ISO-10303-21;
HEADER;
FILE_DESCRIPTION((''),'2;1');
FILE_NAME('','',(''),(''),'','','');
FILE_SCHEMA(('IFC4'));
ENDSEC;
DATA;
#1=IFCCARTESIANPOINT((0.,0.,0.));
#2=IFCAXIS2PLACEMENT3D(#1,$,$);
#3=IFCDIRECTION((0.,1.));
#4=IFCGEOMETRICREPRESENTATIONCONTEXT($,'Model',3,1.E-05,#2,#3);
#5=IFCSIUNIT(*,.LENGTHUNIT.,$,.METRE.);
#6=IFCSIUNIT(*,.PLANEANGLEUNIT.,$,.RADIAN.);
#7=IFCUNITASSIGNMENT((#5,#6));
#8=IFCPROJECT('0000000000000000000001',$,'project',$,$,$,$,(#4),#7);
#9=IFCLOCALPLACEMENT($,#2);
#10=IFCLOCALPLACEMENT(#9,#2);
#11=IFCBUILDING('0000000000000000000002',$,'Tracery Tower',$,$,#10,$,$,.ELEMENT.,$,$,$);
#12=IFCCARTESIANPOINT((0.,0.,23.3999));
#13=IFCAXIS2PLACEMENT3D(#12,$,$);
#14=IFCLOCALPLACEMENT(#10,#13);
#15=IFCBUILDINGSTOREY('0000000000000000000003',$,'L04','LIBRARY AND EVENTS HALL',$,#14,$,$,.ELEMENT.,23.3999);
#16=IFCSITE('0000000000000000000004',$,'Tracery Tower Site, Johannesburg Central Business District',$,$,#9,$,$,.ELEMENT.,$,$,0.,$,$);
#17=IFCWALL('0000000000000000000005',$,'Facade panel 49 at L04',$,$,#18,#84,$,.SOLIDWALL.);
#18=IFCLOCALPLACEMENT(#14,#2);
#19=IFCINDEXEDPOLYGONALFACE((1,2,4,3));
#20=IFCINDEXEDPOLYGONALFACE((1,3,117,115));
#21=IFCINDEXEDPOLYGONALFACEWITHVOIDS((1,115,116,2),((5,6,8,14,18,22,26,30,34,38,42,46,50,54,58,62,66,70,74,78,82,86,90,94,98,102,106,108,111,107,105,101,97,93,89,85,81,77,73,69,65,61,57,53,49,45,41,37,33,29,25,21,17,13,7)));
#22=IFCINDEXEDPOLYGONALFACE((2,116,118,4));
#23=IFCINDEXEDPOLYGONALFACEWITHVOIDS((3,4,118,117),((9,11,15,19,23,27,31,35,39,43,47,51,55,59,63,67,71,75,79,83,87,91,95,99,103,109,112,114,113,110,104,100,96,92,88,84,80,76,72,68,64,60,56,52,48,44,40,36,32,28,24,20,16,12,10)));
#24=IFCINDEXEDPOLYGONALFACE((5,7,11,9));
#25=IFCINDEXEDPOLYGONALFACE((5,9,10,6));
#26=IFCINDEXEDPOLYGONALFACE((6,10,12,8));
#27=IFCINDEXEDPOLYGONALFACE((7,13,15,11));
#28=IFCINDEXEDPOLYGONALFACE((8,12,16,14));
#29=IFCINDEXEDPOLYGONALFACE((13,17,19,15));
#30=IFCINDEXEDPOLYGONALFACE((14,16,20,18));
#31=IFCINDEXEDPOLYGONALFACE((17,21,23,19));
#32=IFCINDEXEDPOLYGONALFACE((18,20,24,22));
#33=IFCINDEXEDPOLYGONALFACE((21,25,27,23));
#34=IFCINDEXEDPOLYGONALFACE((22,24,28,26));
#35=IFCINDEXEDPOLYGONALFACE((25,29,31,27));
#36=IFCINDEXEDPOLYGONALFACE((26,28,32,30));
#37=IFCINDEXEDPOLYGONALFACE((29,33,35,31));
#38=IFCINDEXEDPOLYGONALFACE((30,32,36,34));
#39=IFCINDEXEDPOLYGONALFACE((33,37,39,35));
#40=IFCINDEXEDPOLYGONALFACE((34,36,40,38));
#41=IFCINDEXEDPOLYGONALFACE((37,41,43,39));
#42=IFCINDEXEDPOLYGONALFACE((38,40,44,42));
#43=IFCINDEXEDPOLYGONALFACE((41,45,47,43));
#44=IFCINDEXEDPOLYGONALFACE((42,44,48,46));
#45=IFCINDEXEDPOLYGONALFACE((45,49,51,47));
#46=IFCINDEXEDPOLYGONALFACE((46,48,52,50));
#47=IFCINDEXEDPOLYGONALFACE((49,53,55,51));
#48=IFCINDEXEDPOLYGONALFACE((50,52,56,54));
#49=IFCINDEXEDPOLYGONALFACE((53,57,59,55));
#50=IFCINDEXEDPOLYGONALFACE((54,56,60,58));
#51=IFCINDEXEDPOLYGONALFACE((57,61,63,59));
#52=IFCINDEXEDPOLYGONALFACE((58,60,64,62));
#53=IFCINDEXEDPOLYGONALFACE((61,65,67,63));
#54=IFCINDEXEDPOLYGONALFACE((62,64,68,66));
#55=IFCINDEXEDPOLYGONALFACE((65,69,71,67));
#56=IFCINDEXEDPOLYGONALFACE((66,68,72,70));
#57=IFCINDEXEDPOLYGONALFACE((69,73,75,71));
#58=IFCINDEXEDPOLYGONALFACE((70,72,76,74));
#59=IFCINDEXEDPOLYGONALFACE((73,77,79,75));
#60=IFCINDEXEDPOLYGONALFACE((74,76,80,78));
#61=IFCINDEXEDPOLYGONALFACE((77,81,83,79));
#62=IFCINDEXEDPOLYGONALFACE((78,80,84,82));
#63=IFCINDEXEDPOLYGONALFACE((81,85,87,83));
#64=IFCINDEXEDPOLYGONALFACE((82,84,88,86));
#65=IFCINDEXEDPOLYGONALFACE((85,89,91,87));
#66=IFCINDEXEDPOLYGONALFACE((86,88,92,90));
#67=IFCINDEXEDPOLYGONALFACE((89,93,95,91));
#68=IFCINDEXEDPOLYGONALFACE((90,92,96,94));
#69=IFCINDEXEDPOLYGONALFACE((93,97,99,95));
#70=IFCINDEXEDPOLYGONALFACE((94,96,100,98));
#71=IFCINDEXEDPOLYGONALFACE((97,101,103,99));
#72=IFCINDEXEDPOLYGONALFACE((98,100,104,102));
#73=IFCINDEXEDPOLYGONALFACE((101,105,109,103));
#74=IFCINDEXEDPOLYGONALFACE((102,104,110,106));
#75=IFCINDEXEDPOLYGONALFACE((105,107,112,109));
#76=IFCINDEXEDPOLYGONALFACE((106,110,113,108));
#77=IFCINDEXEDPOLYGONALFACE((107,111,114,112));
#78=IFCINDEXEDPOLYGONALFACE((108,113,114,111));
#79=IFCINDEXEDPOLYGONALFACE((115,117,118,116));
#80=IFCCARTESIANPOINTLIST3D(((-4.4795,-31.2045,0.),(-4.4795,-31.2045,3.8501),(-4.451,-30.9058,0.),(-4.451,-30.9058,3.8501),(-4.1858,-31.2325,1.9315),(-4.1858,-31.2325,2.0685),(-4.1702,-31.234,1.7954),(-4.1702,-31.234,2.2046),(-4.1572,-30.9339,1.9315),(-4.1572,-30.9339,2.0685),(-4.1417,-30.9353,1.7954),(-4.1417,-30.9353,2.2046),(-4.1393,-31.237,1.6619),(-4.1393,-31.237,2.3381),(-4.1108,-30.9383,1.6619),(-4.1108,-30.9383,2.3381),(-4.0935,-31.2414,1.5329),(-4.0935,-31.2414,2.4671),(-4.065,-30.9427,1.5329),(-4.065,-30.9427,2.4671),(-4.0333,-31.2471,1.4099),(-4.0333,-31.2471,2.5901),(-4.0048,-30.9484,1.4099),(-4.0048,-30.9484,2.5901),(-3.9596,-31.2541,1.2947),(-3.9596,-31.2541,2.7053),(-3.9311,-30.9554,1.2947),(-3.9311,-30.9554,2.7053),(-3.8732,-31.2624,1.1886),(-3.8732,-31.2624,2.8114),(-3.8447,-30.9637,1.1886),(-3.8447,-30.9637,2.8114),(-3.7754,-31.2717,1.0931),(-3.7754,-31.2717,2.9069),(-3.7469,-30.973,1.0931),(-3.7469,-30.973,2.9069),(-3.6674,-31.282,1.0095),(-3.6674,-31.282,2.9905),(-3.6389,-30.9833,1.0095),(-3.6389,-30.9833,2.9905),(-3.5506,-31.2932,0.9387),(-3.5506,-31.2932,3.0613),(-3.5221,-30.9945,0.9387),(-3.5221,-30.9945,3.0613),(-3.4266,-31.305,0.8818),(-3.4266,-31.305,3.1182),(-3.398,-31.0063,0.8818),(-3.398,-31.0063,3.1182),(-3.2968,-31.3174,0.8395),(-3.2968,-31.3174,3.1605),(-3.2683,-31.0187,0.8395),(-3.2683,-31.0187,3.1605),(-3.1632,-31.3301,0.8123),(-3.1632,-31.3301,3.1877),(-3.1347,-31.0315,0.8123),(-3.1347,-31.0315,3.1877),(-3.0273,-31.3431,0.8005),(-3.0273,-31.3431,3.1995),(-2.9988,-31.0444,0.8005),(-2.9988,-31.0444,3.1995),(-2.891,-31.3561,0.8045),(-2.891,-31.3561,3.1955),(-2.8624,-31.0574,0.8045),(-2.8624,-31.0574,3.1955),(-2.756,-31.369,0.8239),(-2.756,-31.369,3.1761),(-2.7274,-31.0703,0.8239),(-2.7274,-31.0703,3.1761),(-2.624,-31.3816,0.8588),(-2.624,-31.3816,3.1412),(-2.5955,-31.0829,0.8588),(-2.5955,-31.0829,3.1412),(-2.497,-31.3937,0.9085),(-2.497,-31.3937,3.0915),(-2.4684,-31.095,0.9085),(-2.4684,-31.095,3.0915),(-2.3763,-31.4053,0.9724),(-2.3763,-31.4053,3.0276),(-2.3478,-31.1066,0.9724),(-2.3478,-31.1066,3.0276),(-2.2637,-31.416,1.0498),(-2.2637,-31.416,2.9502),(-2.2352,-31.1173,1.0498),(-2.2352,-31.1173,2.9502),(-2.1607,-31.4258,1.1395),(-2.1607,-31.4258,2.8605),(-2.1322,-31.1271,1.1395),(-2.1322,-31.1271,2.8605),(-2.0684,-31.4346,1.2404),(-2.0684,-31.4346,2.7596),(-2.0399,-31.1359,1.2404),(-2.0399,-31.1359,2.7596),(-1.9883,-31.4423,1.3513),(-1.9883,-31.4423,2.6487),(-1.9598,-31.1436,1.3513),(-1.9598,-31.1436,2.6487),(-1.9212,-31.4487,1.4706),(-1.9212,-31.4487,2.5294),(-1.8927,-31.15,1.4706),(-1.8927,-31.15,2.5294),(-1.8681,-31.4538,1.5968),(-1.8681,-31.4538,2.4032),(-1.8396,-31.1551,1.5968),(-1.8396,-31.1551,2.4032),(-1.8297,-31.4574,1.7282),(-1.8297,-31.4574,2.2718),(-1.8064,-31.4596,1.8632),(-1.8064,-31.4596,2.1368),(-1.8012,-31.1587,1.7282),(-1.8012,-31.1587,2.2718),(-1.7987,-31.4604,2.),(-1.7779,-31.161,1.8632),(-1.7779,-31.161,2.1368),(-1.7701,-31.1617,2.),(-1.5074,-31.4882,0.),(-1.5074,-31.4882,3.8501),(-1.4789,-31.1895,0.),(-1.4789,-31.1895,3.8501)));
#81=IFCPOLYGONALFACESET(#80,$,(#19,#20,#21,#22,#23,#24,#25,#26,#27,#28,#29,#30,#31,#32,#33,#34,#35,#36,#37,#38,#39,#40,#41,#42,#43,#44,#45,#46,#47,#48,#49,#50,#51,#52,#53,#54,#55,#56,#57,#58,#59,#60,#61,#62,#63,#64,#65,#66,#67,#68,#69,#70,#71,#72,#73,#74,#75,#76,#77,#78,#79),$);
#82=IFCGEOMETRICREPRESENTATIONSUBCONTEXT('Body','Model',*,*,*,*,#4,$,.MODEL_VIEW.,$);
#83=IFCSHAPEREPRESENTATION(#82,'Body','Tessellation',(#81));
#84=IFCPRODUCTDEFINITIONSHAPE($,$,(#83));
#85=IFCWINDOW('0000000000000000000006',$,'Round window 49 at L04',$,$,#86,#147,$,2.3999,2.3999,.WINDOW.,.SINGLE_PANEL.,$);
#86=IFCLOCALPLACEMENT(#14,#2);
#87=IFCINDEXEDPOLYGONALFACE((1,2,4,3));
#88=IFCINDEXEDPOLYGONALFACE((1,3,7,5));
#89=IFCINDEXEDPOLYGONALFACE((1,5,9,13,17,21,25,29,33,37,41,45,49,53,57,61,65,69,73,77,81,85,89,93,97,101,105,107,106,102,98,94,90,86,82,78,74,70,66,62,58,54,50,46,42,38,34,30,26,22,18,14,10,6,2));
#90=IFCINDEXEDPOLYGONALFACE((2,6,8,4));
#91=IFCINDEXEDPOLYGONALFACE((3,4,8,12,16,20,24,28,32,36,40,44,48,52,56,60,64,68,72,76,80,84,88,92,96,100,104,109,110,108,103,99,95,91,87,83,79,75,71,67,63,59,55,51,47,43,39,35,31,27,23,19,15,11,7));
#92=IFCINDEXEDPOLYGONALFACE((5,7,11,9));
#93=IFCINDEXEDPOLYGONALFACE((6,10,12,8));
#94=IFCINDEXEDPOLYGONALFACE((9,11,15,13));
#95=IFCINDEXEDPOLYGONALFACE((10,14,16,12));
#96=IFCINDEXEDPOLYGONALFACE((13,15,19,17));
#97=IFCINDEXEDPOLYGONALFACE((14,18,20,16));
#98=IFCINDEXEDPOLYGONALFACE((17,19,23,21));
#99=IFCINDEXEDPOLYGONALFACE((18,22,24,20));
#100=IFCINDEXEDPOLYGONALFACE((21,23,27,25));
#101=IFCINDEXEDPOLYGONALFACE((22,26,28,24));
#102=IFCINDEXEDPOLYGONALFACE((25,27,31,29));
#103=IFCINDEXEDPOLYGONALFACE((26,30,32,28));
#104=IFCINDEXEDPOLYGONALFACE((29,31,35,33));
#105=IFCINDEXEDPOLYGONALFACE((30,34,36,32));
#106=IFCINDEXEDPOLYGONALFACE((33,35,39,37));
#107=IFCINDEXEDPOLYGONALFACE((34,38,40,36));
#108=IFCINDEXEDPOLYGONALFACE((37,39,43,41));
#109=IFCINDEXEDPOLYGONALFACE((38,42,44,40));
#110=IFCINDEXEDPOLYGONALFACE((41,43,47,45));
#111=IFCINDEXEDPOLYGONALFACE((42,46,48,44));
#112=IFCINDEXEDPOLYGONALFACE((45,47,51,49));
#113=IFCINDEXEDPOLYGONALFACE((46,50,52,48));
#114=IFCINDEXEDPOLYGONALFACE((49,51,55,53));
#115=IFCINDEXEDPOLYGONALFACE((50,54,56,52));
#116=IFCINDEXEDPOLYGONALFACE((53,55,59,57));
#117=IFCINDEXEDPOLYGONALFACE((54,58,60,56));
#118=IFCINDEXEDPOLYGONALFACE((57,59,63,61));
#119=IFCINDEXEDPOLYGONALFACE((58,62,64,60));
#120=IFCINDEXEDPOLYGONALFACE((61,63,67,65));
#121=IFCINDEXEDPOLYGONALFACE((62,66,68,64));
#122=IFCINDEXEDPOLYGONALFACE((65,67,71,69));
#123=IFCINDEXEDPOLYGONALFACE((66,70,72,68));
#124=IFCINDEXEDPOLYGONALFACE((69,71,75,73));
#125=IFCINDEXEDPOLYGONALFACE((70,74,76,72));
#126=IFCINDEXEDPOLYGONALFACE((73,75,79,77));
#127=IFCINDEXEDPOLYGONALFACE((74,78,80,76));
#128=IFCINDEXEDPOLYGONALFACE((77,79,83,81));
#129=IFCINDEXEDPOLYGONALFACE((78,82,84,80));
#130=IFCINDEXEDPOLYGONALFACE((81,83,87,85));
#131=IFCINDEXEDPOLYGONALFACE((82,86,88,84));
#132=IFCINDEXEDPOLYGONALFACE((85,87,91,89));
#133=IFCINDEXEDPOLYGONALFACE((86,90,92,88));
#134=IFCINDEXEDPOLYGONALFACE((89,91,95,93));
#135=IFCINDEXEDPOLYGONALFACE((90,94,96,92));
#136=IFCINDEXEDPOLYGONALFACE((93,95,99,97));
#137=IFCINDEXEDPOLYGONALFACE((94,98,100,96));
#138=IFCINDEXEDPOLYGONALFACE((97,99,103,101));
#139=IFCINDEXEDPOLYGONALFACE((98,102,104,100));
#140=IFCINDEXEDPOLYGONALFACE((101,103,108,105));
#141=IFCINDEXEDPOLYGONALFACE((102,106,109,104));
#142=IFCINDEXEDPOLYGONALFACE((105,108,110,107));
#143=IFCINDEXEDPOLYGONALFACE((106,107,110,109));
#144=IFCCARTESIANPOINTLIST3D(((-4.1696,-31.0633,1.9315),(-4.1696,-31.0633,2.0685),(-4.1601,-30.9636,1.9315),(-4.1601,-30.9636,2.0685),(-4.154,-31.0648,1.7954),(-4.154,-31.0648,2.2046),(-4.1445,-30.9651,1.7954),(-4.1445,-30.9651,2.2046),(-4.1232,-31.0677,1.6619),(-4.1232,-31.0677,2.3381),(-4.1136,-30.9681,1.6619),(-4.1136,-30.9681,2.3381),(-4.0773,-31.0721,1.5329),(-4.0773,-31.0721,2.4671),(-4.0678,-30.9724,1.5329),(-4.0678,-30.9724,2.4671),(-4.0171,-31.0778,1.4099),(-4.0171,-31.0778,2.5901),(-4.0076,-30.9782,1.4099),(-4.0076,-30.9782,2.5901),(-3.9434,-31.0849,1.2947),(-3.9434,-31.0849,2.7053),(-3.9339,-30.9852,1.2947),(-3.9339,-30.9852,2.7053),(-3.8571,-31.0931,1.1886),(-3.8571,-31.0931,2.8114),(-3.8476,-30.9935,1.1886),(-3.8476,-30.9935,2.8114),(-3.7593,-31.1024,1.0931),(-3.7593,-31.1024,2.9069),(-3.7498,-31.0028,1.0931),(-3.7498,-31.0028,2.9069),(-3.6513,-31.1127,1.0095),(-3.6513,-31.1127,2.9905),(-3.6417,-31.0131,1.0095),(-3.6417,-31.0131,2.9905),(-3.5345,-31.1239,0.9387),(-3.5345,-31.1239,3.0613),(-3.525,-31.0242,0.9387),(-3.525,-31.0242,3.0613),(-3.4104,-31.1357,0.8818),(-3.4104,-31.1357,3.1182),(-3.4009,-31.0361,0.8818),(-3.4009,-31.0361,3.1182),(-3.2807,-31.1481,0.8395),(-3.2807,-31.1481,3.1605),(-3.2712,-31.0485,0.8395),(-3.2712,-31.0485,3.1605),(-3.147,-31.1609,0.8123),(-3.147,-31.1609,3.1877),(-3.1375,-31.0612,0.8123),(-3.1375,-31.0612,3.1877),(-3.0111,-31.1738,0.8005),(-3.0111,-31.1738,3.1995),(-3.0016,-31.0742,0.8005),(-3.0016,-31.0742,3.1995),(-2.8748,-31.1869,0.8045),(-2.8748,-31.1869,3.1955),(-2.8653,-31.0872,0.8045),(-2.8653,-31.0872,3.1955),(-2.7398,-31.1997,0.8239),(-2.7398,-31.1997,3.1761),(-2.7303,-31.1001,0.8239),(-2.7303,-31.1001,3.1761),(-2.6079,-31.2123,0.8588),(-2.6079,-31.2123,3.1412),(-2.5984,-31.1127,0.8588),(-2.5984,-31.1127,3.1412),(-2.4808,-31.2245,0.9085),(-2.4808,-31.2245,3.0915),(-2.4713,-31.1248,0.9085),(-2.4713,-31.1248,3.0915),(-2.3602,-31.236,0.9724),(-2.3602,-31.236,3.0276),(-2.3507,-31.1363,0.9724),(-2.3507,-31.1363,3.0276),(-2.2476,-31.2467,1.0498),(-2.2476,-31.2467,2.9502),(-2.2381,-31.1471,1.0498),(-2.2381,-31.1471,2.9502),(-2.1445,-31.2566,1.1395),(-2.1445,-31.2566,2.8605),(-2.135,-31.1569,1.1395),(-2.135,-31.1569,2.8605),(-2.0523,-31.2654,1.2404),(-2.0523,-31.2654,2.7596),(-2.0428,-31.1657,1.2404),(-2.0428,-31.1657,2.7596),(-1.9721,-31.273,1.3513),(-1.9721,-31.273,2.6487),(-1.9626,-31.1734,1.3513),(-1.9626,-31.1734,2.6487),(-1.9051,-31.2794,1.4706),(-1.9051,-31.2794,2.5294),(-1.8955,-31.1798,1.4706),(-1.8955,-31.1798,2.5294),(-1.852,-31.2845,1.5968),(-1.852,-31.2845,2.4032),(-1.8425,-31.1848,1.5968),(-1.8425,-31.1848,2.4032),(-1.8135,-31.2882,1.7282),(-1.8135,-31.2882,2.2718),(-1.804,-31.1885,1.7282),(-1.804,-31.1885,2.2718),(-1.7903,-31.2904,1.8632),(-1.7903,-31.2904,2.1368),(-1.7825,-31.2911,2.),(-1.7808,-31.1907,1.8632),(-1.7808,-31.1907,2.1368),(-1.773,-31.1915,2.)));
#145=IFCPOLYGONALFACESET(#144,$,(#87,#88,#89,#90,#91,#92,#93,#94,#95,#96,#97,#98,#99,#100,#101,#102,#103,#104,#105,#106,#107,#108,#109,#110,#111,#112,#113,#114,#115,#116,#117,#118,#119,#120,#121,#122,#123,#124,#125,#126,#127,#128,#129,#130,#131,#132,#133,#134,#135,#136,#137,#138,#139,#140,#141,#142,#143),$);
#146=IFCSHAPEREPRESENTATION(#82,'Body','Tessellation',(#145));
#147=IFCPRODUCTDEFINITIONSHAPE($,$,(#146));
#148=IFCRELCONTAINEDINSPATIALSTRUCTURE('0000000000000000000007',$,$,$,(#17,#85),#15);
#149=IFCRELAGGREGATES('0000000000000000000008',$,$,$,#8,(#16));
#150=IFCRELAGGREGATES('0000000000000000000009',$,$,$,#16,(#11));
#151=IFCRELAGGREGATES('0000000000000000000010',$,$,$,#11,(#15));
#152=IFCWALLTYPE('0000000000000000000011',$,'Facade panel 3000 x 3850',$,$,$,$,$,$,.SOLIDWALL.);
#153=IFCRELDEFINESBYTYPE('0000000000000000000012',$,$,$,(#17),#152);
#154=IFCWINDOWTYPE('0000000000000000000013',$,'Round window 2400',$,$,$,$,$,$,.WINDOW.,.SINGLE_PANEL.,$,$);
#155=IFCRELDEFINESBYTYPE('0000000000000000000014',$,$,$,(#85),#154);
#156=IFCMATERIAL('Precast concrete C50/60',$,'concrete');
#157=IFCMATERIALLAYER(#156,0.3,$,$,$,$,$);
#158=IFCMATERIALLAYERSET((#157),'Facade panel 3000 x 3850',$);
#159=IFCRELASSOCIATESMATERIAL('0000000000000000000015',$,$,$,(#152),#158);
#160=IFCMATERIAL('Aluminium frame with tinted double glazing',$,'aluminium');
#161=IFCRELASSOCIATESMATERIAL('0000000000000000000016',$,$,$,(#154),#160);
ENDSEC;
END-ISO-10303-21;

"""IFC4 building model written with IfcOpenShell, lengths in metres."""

from ifc_helpers import new_model, si_unit, direction, frame, frame_2d, origin, origin_2d, place, context, subcontext, project, spatial, rectangle, circle, extrude, material, layer, layer_set, type_object, element, fill, save


model = new_model("IFC4")

# Units and contexts
model_context = context("Model", 3, precision=1e-05, world=origin(), true_north=direction((0.0, 1.0)))
body_context = subcontext(model_context, "Body", "Model", "MODEL_VIEW")
ifc_project = project(units=[si_unit("LENGTHUNIT", "METRE"), si_unit("PLANEANGLEUNIT", "RADIAN")], contexts=[model_context])

# Site, building, storey
site_placement = place(None, origin())
site = spatial("IfcSite", under=ifc_project, at=site_placement, Name="Tracery Tower Site, Johannesburg Central Business District", CompositionType="ELEMENT", RefElevation=0.0)
building_placement = place(site_placement, origin())
building = spatial("IfcBuilding", under=site, at=building_placement, Name="Tracery Tower", CompositionType="ELEMENT")
storey_placement = place(building_placement, frame((0.0, 0.0, 23.3999)))
storey = spatial("IfcBuildingStorey", under=building, at=storey_placement, Name="L04", Description="LIBRARY AND EVENTS HALL", CompositionType="ELEMENT", Elevation=23.3999)

# Wall, opening, window
ifc_material_1 = material(Name="Precast concrete C50/60", Category="concrete")
ifc_layer_1 = layer(ifc_material_1, 0.3)
ifc_layer_set_1 = layer_set([ifc_layer_1], Name="Facade panel 3000 x 3850")
wall_type_1 = type_object("IfcWallType", Name="Facade panel 3000 x 3850", PredefinedType="SOLIDWALL", material=ifc_layer_set_1)
ifc_material_2 = material(Name="Aluminium frame with tinted double glazing", Category="aluminium")
window_type = type_object("IfcWindowType", Name="Round window 2400", PartitioningType="SINGLE_PANEL", PredefinedType="WINDOW", material=ifc_material_2)
wall_1_placement = place(storey_placement, frame((-4.4651, -31.0552, 0.0), z_axis=(0.0, 0.0, 1.0), x_axis=(0.995476, -0.095017, 0.0)))
wall_1 = element("IfcWall", 1, at=wall_1_placement, inside=storey, type_object=wall_type_1, Name="Facade panel 49 at L04", PredefinedType="SOLIDWALL", context=body_context, shape_type="SweptSolid", body=[
    extrude(rectangle(XDim=2.9856, YDim=0.3, at=frame_2d((1.4927, 0.0))), origin(), (0.0, 0.0, 1.0), 3.8501),
])
opening_1_placement = place(wall_1_placement, frame((1.4929, 0.0, 2.0)))
opening_1 = element("IfcOpeningElement", 2, at=opening_1_placement, cuts=wall_1, PredefinedType="OPENING", context=body_context, shape_type="SweptSolid", body=[
    extrude(circle(Radius=1.2, at=origin_2d()), frame((0.0, 0.1599, 0.0), z_axis=(0.0, -1.0, 0.0), x_axis=(1.0, 0.0, 0.0)), (0.0, 0.0, 1.0), 0.3201),
])
window_1_placement = place(opening_1_placement, origin())
window_1 = element("IfcWindow", 3, at=window_1_placement, inside=storey, type_object=window_type, Name="Round window 49 at L04", OverallHeight=2.3999, OverallWidth=2.3999, PartitioningType="SINGLE_PANEL", PredefinedType="WINDOW", context=body_context, shape_type="SweptSolid", body=[
    extrude(circle(Radius=1.2, at=origin_2d()), frame((0.0, 0.1201, 0.0), z_axis=(0.0, -1.0, 0.0), x_axis=(1.0, 0.0, 0.0)), (0.0, 0.0, 1.0), 0.1001),
])
fill(opening_1, window_1)

save(model, "model.ifc")
